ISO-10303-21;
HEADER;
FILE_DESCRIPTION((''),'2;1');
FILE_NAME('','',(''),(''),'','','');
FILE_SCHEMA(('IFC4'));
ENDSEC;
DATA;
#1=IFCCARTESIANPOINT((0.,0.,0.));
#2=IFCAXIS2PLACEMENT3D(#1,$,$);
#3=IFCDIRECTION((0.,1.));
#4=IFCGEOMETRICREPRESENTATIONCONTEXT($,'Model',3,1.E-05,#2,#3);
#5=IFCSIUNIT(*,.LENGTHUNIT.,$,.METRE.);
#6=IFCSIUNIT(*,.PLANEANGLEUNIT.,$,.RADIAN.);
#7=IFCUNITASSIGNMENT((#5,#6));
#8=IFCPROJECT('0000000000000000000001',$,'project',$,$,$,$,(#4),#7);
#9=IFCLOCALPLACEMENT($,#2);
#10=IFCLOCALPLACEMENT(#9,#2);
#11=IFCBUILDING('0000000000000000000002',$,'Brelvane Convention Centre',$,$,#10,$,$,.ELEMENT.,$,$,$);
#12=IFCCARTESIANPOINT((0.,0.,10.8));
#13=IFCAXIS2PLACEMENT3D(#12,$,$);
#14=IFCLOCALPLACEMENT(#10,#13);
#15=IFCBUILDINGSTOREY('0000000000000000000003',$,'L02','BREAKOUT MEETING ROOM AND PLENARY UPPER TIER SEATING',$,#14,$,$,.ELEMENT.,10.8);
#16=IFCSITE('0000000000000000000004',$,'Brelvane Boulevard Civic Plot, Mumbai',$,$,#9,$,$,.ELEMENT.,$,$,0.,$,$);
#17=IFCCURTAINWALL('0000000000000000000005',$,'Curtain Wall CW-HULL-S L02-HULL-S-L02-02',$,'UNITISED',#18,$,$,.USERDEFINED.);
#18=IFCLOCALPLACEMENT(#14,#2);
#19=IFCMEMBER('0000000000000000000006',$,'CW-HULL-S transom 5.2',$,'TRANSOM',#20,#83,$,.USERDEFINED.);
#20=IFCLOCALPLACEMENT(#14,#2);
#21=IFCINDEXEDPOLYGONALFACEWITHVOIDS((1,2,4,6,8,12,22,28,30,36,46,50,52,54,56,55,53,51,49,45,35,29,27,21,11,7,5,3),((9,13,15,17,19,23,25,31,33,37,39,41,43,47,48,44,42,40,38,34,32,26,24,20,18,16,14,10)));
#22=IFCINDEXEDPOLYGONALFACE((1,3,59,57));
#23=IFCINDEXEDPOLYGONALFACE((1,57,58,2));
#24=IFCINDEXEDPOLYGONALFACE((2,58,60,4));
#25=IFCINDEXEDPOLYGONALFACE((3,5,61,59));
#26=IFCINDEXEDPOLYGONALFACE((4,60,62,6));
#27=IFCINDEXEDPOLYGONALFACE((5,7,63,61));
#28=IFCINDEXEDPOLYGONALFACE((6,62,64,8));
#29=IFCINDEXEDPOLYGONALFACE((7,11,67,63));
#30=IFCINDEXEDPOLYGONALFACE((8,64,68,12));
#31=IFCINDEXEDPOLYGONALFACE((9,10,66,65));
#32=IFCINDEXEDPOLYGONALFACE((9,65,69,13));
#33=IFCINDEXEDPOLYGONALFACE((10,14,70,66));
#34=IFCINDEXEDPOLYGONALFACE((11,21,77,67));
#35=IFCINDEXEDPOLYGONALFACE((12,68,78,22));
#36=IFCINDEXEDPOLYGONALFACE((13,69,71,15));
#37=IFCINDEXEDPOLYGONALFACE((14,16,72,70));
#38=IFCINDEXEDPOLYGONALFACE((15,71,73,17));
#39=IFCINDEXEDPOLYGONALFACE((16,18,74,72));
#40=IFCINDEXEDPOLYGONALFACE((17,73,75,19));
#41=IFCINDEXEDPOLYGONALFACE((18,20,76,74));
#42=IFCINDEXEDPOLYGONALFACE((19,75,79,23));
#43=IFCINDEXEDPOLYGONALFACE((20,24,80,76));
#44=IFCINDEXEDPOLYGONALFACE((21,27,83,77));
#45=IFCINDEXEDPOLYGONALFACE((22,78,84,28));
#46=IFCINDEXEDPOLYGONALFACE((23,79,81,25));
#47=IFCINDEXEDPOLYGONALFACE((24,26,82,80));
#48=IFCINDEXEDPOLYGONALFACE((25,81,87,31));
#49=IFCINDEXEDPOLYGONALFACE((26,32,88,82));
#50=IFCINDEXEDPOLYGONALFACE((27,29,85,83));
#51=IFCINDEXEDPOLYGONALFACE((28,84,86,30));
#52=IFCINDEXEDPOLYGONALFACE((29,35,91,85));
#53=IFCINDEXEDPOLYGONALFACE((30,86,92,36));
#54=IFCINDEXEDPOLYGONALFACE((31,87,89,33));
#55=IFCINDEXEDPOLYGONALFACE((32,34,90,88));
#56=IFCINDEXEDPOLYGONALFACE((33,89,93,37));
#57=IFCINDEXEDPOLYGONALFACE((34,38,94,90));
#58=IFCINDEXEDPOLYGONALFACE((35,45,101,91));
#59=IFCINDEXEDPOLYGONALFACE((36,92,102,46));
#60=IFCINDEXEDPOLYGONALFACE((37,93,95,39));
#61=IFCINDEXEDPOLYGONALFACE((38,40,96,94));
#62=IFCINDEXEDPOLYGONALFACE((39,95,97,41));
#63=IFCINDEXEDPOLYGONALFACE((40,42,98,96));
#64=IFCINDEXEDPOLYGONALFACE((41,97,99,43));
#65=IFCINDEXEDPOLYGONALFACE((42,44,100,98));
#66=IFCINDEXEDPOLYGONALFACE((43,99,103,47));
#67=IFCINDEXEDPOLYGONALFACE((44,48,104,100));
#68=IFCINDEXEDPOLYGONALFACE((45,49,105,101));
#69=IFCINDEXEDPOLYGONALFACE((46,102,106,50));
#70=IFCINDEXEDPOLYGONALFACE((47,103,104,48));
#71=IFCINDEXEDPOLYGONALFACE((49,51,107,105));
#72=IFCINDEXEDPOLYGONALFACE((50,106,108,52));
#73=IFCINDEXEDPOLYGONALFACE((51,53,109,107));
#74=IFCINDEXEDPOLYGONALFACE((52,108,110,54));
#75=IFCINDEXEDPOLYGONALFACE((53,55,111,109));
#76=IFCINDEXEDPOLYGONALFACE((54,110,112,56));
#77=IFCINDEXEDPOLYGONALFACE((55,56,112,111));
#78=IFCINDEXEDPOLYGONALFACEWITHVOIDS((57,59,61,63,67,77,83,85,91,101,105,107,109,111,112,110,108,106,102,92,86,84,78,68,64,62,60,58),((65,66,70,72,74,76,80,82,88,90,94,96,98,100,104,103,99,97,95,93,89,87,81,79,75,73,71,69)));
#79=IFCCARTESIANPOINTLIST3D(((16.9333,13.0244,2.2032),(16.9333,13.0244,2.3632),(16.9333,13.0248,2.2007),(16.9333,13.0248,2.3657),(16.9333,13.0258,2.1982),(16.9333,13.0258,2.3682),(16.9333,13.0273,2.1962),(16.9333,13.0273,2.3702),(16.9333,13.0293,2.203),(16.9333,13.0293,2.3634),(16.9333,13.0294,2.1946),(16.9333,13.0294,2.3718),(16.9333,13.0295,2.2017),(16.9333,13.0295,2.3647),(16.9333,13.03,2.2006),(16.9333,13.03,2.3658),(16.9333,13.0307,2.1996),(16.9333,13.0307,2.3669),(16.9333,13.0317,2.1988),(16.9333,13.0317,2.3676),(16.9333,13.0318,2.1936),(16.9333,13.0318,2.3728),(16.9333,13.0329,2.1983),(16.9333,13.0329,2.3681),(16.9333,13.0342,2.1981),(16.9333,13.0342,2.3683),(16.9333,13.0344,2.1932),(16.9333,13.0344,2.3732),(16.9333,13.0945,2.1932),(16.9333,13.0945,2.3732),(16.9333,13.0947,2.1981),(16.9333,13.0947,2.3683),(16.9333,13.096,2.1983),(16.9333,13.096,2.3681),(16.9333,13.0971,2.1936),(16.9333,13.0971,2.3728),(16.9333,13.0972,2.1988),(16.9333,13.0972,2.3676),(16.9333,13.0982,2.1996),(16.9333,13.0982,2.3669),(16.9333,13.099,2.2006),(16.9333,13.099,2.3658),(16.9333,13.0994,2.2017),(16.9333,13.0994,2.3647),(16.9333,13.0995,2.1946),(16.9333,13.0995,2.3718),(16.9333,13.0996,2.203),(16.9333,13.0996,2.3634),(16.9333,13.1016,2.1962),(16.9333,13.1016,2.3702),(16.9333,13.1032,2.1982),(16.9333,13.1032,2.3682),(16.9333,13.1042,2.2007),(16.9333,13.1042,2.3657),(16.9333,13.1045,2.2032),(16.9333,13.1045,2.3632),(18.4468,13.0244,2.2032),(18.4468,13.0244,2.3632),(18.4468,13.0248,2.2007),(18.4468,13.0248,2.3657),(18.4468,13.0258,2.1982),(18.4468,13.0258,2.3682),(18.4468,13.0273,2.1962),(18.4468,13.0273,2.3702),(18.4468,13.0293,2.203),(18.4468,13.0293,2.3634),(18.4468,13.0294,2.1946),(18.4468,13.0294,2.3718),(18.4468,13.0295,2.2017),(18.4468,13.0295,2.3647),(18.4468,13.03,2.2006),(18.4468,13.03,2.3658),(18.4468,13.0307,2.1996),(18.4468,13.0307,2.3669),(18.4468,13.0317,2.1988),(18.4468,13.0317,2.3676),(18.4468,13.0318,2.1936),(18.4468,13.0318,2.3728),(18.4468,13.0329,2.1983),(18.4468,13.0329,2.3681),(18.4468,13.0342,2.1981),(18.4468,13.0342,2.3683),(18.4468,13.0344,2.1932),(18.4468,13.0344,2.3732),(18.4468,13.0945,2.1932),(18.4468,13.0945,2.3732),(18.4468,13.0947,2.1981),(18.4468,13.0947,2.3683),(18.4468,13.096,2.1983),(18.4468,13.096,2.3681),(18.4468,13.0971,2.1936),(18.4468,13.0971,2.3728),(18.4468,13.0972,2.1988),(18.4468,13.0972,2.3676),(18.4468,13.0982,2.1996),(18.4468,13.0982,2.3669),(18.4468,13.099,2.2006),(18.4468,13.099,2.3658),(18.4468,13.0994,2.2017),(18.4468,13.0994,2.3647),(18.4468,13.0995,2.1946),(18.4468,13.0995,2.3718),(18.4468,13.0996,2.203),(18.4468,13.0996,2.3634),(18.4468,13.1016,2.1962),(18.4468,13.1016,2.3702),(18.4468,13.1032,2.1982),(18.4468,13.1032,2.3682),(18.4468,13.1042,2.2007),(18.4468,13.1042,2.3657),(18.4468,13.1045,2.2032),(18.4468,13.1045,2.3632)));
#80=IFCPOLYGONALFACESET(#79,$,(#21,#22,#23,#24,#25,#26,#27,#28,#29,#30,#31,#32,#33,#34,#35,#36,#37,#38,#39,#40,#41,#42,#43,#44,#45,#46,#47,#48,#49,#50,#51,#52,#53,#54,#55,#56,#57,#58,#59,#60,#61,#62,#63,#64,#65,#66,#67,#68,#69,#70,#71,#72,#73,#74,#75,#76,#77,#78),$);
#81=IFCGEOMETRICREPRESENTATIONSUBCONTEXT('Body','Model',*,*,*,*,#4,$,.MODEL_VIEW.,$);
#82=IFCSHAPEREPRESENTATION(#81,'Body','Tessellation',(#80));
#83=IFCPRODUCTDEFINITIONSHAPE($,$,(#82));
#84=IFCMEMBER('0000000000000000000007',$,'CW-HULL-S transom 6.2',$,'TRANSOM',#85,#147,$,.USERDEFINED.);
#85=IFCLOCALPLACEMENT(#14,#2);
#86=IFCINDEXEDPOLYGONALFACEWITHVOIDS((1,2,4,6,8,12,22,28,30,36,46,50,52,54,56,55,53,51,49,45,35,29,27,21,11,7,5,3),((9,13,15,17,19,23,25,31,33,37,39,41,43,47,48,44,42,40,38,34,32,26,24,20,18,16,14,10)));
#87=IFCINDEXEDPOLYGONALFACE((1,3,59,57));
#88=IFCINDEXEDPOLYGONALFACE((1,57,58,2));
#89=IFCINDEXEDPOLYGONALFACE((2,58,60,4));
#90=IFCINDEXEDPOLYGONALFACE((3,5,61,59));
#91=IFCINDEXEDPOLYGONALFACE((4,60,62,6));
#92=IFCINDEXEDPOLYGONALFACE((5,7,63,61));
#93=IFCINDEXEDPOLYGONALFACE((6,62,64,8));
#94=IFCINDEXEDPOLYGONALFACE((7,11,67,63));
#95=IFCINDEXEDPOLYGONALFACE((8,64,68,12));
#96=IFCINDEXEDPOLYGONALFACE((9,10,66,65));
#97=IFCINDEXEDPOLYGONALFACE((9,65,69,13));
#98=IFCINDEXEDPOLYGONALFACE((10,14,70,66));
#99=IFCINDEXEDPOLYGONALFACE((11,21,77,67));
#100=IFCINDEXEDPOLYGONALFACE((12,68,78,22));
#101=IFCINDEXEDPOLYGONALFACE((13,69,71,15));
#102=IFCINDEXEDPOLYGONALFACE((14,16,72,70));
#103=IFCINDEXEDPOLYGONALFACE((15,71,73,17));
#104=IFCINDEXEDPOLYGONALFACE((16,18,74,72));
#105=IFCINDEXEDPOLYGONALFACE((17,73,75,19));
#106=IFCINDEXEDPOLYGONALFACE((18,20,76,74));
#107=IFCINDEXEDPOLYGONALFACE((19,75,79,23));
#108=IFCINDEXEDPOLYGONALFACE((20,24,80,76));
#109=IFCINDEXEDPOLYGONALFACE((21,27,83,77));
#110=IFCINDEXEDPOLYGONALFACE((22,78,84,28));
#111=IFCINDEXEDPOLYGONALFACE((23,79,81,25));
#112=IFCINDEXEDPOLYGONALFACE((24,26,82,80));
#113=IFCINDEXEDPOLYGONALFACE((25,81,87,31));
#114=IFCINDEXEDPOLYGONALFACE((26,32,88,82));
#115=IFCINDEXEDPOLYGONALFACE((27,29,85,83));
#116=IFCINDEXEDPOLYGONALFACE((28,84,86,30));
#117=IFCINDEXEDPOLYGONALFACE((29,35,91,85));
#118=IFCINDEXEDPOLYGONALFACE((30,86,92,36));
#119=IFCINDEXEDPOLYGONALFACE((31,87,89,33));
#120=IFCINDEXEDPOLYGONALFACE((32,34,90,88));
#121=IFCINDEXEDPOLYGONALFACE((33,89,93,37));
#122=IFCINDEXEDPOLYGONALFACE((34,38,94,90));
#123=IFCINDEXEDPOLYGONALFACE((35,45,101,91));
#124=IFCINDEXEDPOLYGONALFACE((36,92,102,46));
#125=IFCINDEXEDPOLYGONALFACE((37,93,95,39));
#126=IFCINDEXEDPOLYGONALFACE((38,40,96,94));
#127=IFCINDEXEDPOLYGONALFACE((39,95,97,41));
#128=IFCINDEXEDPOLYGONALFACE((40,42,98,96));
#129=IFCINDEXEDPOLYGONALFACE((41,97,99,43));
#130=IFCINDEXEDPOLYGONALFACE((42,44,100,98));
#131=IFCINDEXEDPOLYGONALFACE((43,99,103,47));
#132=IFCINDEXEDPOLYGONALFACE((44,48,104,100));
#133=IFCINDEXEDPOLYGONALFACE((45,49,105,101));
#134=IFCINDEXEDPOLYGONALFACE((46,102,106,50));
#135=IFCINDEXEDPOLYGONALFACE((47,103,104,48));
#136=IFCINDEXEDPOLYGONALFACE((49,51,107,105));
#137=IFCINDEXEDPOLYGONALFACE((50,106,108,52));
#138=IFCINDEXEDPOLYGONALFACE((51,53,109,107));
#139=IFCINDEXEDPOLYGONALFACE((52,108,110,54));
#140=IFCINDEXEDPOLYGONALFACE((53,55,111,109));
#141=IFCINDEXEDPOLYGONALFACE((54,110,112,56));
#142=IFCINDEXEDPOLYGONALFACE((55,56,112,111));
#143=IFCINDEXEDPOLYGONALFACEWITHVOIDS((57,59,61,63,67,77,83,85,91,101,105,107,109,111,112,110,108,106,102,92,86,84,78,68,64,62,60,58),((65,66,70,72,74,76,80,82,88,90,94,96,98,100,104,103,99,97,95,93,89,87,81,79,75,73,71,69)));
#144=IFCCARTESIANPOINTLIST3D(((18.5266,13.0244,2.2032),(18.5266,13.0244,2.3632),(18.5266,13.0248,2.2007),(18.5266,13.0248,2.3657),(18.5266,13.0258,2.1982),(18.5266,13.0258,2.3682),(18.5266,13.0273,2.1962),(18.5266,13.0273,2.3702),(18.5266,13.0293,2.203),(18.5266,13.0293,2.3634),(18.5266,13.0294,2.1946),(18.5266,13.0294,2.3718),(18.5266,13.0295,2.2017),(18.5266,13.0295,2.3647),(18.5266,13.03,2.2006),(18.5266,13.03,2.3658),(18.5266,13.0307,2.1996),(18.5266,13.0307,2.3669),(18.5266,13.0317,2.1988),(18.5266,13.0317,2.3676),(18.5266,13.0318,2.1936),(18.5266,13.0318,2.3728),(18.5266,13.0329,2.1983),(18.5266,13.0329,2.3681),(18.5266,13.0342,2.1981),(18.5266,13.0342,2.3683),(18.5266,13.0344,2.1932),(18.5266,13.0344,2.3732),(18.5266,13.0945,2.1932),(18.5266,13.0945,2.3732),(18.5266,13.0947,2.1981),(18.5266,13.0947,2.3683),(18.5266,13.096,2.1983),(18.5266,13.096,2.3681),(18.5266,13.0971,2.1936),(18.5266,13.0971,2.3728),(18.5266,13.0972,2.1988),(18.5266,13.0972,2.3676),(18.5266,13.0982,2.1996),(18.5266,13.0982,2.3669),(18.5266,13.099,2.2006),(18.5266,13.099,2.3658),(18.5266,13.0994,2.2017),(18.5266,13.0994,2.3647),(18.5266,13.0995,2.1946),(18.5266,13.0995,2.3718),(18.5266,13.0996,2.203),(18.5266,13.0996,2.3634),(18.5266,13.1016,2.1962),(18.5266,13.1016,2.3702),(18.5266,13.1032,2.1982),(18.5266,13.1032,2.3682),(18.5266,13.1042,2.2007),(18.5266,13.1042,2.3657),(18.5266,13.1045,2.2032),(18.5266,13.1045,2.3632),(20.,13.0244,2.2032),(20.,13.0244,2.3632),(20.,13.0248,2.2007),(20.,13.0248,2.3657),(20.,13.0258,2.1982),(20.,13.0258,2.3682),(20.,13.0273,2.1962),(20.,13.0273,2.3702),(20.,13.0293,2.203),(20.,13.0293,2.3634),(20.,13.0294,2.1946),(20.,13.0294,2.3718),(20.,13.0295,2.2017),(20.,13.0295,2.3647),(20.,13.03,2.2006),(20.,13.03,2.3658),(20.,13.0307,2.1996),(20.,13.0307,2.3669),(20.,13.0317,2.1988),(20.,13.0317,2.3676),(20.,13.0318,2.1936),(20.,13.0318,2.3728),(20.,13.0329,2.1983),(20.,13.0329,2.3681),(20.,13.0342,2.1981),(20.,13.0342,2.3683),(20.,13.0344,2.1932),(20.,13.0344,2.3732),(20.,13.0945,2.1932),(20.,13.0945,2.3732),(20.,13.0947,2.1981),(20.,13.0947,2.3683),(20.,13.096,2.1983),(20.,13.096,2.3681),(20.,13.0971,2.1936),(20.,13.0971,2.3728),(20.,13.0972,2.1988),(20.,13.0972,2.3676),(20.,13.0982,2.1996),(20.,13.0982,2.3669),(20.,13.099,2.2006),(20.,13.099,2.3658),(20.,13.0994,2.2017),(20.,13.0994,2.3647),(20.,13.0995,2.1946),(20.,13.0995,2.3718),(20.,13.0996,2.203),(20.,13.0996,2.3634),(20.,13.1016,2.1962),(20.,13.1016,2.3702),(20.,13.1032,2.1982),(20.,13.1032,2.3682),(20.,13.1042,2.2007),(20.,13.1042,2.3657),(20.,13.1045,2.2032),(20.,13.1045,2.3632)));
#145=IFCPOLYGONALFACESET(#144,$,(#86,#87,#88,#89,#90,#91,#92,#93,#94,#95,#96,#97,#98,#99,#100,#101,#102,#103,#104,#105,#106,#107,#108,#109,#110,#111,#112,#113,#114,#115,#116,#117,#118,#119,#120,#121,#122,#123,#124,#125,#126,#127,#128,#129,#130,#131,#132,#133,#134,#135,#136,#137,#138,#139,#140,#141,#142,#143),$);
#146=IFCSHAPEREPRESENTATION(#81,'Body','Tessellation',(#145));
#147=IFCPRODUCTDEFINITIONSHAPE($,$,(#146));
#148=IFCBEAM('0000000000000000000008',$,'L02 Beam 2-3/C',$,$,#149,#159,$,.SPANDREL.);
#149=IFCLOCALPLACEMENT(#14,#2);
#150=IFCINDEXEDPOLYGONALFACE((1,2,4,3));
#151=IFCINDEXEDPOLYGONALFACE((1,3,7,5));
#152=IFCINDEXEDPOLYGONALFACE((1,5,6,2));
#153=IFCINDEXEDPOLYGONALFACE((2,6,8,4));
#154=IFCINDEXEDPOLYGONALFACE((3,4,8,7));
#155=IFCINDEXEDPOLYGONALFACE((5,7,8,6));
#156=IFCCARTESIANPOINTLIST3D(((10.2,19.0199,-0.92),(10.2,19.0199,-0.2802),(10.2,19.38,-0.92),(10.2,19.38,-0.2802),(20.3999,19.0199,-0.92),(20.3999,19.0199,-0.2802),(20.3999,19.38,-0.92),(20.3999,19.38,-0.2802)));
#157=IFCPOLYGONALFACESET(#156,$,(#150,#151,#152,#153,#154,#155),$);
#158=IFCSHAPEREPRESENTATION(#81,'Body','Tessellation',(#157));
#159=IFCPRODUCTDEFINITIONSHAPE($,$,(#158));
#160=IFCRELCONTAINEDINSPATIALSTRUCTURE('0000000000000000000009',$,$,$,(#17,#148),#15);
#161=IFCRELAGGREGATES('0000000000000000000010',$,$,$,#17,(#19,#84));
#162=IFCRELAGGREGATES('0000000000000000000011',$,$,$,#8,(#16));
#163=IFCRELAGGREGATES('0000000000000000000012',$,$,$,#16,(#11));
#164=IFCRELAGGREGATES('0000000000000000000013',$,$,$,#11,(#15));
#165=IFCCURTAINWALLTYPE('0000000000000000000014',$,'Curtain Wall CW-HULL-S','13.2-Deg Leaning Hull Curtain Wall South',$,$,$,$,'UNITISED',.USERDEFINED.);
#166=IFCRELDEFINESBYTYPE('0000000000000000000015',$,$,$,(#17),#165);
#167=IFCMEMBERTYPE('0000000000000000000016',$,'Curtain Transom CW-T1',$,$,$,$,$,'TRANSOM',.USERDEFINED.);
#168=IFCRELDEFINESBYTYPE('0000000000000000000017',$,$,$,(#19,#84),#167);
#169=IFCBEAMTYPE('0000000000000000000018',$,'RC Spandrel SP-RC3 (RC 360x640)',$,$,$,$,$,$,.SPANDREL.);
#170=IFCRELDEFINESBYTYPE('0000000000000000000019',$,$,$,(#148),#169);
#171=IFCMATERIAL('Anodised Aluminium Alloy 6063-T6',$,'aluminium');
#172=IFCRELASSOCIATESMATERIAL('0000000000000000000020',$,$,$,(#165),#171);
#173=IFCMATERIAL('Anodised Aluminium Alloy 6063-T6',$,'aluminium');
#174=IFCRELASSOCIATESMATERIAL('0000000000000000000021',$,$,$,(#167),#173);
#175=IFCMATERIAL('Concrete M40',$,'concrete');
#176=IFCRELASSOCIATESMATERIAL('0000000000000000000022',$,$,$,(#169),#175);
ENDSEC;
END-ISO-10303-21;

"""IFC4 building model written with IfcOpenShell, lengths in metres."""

from ifc_helpers import new_model, si_unit, direction, frame, origin, origin_2d, place, context, subcontext, project, spatial, rectangle, hollow_rectangle, extrude, material, material_profile, profile_set, type_object, element, aggregate, save


model = new_model("IFC4")

# Units and contexts
model_context = context("Model", 3, precision=1e-05, world=origin(), true_north=direction((0.0, 1.0)))
body_context = subcontext(model_context, "Body", "Model", "MODEL_VIEW")
ifc_project = project(units=[si_unit("LENGTHUNIT", "METRE"), si_unit("PLANEANGLEUNIT", "RADIAN")], contexts=[model_context])

# Site, building, storey
site_placement = place(None, origin())
site = spatial("IfcSite", under=ifc_project, at=site_placement, Name="Brelvane Boulevard Civic Plot, Mumbai", CompositionType="ELEMENT", RefElevation=0.0)
building_placement = place(site_placement, origin())
building = spatial("IfcBuilding", under=site, at=building_placement, Name="Brelvane Convention Centre", CompositionType="ELEMENT")
storey_placement = place(building_placement, frame((0.0, 0.0, 10.8)))
storey = spatial("IfcBuildingStorey", under=building, at=storey_placement, Name="L02", Description="BREAKOUT MEETING ROOM AND PLENARY UPPER TIER SEATING", CompositionType="ELEMENT", Elevation=10.8)

# Shared definitions
ifc_material_1 = material(Name="Anodised Aluminium Alloy 6063-T6", Category="aluminium")
curtain_wall_type = type_object("IfcCurtainWallType", Name="Curtain Wall CW-HULL-S", Description="13.2-Deg Leaning Hull Curtain Wall South", ElementType="UNITISED", PredefinedType="USERDEFINED", material=ifc_material_1)

# Curtain wall
curtain_wall_1_placement = place(storey_placement, origin())
curtain_wall_1 = element("IfcCurtainWall", 1, at=curtain_wall_1_placement, inside=storey, type_object=curtain_wall_type, Name="Curtain Wall CW-HULL-S L02-HULL-S-L02-02", ObjectType="UNITISED", PredefinedType="USERDEFINED")

# Members
ifc_material_2 = material(Name="Anodised Aluminium Alloy 6063-T6", Category="aluminium")
ifc_material_profile_1 = material_profile(ifc_material_2, hollow_rectangle(XDim=0.0801, YDim=0.1799, WallThickness=0.0049, InnerFilletRadius=0.0049, OuterFilletRadius=0.01, at=origin_2d()), Name="ALU-T 180x80x5.0")
ifc_profile_set_1 = profile_set([ifc_material_profile_1], Name="Anodised Aluminium Alloy 6063-T6")
member_type_1 = type_object("IfcMemberType", Name="Curtain Transom CW-T1", ElementType="TRANSOM", PredefinedType="USERDEFINED", material=ifc_profile_set_1)
member_1_placement = place(storey_placement, frame((16.9333, 13.0645, 2.2832), z_axis=(1.0, 0.0, 0.0), x_axis=(0.0, 1.0, 0.0)))
member_1 = element("IfcMember", 2, at=member_1_placement, type_object=member_type_1, Name="CW-HULL-S transom 5.2", ObjectType="TRANSOM", PredefinedType="USERDEFINED", context=body_context, shape_type="SweptSolid", body=[
    extrude(hollow_rectangle(XDim=0.0801, YDim=0.1799, WallThickness=0.0049, InnerFilletRadius=0.0049, OuterFilletRadius=0.01, at=origin_2d()), origin(), (0.0, 0.0, 1.0), 1.5134),
])
member_2_placement = place(storey_placement, frame((18.5266, 13.0645, 2.2832), z_axis=(1.0, 0.0, 0.0), x_axis=(0.0, 1.0, 0.0)))
member_2 = element("IfcMember", 3, at=member_2_placement, type_object=member_type_1, Name="CW-HULL-S transom 6.2", ObjectType="TRANSOM", PredefinedType="USERDEFINED", context=body_context, shape_type="SweptSolid", body=[
    extrude(hollow_rectangle(XDim=0.0801, YDim=0.1799, WallThickness=0.0049, InnerFilletRadius=0.0049, OuterFilletRadius=0.01, at=origin_2d()), origin(), (0.0, 0.0, 1.0), 1.4734),
])

# Beam
ifc_material_3 = material(Name="Concrete M40", Category="concrete")
ifc_material_profile_2 = material_profile(ifc_material_3, rectangle(XDim=0.3601, YDim=0.6399, at=origin_2d()), Name="RC 360x640")
ifc_profile_set_2 = profile_set([ifc_material_profile_2], Name="Concrete M40")
beam_type_1 = type_object("IfcBeamType", Name="RC Spandrel SP-RC3 (RC 360x640)", PredefinedType="SPANDREL", material=ifc_profile_set_2)
beam_1_placement = place(storey_placement, frame((10.2, 19.2, -0.6001), z_axis=(1.0, 0.0, 0.0), x_axis=(0.0, 1.0, 0.0)))
element("IfcBeam", 4, at=beam_1_placement, inside=storey, type_object=beam_type_1, Name="L02 Beam 2-3/C", PredefinedType="SPANDREL", context=body_context, shape_type="SweptSolid", body=[
    extrude(rectangle(XDim=0.3601, YDim=0.6399, at=origin_2d()), origin(), (0.0, 0.0, 1.0), 10.2),
])

aggregate(curtain_wall_1, [member_1, member_2])

save(model, "model.ifc")
